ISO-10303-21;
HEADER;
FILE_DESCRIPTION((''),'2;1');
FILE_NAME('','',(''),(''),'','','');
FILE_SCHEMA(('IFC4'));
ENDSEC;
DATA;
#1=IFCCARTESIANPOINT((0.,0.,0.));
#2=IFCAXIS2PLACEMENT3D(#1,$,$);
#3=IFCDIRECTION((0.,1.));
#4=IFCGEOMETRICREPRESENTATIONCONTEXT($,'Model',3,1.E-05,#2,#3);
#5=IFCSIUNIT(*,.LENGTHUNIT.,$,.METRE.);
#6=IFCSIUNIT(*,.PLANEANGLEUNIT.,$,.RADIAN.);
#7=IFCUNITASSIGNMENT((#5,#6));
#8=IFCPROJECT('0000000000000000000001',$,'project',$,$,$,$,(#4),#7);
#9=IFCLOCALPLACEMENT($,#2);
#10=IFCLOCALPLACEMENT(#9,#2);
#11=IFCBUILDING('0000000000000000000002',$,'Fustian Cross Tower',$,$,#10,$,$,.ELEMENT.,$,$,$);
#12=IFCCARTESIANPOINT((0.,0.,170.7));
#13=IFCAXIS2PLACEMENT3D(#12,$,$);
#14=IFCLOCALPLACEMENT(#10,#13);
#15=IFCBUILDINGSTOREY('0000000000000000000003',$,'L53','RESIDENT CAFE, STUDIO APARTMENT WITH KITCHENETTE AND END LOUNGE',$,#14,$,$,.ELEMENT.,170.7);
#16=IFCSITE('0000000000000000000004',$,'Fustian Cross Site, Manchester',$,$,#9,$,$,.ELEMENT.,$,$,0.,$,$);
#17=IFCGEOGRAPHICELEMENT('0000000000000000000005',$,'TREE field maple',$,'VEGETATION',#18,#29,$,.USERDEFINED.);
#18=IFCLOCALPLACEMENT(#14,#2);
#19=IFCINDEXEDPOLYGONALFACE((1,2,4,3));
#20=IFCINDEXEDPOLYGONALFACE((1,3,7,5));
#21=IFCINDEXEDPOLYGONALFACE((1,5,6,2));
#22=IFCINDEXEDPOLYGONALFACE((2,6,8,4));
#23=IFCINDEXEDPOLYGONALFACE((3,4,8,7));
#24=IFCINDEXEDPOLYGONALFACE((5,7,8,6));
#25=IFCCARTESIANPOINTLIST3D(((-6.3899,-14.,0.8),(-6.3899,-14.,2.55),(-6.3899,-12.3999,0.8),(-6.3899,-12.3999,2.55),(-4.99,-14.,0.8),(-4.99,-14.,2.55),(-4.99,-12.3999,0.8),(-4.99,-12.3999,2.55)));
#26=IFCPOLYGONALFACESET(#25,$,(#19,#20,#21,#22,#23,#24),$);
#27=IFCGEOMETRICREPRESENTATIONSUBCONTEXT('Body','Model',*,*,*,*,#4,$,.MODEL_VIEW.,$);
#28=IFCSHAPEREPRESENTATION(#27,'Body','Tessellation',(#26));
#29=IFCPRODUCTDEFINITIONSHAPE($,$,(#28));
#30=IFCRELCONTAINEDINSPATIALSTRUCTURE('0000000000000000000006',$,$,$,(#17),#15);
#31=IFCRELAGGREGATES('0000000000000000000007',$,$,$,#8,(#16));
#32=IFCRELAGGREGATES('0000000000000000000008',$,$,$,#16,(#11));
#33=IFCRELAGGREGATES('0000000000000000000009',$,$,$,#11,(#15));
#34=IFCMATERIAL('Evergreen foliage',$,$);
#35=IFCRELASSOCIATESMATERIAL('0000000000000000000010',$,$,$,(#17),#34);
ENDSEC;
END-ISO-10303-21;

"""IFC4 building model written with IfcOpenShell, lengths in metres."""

from ifc_helpers import new_model, si_unit, direction, frame, origin, origin_2d, place, context, subcontext, project, spatial, rectangle, extrude, material, element, save


model = new_model("IFC4")

# Units and contexts
model_context = context("Model", 3, precision=1e-05, world=origin(), true_north=direction((0.0, 1.0)))
body_context = subcontext(model_context, "Body", "Model", "MODEL_VIEW")
ifc_project = project(units=[si_unit("LENGTHUNIT", "METRE"), si_unit("PLANEANGLEUNIT", "RADIAN")], contexts=[model_context])

# Site, building, storey
site_placement = place(None, origin())
site = spatial("IfcSite", under=ifc_project, at=site_placement, Name="Fustian Cross Site, Manchester", CompositionType="ELEMENT", RefElevation=0.0)
building_placement = place(site_placement, origin())
building = spatial("IfcBuilding", under=site, at=building_placement, Name="Fustian Cross Tower", CompositionType="ELEMENT")
storey_placement = place(building_placement, frame((0.0, 0.0, 170.7)))
storey = spatial("IfcBuildingStorey", under=building, at=storey_placement, Name="L53", Description="RESIDENT CAFE, STUDIO APARTMENT WITH KITCHENETTE AND END LOUNGE", CompositionType="ELEMENT", Elevation=170.7)

# Geographic element
ifc_material_1 = material(Name="Evergreen foliage")
geographic_element_placement = place(storey_placement, frame((-5.6899, -13.2, 0.8), z_axis=(0.0, 0.0, 1.0), x_axis=(1.0, 0.0, 0.0)))
element("IfcGeographicElement", 1, at=geographic_element_placement, inside=storey, material=ifc_material_1, Name="TREE field maple", ObjectType="VEGETATION", PredefinedType="USERDEFINED", context=body_context, shape_type="SweptSolid", body=[
    extrude(rectangle(XDim=1.3999, YDim=1.6001, at=origin_2d()), origin(), (0.0, 0.0, 1.0), 1.75),
])

save(model, "model.ifc")
